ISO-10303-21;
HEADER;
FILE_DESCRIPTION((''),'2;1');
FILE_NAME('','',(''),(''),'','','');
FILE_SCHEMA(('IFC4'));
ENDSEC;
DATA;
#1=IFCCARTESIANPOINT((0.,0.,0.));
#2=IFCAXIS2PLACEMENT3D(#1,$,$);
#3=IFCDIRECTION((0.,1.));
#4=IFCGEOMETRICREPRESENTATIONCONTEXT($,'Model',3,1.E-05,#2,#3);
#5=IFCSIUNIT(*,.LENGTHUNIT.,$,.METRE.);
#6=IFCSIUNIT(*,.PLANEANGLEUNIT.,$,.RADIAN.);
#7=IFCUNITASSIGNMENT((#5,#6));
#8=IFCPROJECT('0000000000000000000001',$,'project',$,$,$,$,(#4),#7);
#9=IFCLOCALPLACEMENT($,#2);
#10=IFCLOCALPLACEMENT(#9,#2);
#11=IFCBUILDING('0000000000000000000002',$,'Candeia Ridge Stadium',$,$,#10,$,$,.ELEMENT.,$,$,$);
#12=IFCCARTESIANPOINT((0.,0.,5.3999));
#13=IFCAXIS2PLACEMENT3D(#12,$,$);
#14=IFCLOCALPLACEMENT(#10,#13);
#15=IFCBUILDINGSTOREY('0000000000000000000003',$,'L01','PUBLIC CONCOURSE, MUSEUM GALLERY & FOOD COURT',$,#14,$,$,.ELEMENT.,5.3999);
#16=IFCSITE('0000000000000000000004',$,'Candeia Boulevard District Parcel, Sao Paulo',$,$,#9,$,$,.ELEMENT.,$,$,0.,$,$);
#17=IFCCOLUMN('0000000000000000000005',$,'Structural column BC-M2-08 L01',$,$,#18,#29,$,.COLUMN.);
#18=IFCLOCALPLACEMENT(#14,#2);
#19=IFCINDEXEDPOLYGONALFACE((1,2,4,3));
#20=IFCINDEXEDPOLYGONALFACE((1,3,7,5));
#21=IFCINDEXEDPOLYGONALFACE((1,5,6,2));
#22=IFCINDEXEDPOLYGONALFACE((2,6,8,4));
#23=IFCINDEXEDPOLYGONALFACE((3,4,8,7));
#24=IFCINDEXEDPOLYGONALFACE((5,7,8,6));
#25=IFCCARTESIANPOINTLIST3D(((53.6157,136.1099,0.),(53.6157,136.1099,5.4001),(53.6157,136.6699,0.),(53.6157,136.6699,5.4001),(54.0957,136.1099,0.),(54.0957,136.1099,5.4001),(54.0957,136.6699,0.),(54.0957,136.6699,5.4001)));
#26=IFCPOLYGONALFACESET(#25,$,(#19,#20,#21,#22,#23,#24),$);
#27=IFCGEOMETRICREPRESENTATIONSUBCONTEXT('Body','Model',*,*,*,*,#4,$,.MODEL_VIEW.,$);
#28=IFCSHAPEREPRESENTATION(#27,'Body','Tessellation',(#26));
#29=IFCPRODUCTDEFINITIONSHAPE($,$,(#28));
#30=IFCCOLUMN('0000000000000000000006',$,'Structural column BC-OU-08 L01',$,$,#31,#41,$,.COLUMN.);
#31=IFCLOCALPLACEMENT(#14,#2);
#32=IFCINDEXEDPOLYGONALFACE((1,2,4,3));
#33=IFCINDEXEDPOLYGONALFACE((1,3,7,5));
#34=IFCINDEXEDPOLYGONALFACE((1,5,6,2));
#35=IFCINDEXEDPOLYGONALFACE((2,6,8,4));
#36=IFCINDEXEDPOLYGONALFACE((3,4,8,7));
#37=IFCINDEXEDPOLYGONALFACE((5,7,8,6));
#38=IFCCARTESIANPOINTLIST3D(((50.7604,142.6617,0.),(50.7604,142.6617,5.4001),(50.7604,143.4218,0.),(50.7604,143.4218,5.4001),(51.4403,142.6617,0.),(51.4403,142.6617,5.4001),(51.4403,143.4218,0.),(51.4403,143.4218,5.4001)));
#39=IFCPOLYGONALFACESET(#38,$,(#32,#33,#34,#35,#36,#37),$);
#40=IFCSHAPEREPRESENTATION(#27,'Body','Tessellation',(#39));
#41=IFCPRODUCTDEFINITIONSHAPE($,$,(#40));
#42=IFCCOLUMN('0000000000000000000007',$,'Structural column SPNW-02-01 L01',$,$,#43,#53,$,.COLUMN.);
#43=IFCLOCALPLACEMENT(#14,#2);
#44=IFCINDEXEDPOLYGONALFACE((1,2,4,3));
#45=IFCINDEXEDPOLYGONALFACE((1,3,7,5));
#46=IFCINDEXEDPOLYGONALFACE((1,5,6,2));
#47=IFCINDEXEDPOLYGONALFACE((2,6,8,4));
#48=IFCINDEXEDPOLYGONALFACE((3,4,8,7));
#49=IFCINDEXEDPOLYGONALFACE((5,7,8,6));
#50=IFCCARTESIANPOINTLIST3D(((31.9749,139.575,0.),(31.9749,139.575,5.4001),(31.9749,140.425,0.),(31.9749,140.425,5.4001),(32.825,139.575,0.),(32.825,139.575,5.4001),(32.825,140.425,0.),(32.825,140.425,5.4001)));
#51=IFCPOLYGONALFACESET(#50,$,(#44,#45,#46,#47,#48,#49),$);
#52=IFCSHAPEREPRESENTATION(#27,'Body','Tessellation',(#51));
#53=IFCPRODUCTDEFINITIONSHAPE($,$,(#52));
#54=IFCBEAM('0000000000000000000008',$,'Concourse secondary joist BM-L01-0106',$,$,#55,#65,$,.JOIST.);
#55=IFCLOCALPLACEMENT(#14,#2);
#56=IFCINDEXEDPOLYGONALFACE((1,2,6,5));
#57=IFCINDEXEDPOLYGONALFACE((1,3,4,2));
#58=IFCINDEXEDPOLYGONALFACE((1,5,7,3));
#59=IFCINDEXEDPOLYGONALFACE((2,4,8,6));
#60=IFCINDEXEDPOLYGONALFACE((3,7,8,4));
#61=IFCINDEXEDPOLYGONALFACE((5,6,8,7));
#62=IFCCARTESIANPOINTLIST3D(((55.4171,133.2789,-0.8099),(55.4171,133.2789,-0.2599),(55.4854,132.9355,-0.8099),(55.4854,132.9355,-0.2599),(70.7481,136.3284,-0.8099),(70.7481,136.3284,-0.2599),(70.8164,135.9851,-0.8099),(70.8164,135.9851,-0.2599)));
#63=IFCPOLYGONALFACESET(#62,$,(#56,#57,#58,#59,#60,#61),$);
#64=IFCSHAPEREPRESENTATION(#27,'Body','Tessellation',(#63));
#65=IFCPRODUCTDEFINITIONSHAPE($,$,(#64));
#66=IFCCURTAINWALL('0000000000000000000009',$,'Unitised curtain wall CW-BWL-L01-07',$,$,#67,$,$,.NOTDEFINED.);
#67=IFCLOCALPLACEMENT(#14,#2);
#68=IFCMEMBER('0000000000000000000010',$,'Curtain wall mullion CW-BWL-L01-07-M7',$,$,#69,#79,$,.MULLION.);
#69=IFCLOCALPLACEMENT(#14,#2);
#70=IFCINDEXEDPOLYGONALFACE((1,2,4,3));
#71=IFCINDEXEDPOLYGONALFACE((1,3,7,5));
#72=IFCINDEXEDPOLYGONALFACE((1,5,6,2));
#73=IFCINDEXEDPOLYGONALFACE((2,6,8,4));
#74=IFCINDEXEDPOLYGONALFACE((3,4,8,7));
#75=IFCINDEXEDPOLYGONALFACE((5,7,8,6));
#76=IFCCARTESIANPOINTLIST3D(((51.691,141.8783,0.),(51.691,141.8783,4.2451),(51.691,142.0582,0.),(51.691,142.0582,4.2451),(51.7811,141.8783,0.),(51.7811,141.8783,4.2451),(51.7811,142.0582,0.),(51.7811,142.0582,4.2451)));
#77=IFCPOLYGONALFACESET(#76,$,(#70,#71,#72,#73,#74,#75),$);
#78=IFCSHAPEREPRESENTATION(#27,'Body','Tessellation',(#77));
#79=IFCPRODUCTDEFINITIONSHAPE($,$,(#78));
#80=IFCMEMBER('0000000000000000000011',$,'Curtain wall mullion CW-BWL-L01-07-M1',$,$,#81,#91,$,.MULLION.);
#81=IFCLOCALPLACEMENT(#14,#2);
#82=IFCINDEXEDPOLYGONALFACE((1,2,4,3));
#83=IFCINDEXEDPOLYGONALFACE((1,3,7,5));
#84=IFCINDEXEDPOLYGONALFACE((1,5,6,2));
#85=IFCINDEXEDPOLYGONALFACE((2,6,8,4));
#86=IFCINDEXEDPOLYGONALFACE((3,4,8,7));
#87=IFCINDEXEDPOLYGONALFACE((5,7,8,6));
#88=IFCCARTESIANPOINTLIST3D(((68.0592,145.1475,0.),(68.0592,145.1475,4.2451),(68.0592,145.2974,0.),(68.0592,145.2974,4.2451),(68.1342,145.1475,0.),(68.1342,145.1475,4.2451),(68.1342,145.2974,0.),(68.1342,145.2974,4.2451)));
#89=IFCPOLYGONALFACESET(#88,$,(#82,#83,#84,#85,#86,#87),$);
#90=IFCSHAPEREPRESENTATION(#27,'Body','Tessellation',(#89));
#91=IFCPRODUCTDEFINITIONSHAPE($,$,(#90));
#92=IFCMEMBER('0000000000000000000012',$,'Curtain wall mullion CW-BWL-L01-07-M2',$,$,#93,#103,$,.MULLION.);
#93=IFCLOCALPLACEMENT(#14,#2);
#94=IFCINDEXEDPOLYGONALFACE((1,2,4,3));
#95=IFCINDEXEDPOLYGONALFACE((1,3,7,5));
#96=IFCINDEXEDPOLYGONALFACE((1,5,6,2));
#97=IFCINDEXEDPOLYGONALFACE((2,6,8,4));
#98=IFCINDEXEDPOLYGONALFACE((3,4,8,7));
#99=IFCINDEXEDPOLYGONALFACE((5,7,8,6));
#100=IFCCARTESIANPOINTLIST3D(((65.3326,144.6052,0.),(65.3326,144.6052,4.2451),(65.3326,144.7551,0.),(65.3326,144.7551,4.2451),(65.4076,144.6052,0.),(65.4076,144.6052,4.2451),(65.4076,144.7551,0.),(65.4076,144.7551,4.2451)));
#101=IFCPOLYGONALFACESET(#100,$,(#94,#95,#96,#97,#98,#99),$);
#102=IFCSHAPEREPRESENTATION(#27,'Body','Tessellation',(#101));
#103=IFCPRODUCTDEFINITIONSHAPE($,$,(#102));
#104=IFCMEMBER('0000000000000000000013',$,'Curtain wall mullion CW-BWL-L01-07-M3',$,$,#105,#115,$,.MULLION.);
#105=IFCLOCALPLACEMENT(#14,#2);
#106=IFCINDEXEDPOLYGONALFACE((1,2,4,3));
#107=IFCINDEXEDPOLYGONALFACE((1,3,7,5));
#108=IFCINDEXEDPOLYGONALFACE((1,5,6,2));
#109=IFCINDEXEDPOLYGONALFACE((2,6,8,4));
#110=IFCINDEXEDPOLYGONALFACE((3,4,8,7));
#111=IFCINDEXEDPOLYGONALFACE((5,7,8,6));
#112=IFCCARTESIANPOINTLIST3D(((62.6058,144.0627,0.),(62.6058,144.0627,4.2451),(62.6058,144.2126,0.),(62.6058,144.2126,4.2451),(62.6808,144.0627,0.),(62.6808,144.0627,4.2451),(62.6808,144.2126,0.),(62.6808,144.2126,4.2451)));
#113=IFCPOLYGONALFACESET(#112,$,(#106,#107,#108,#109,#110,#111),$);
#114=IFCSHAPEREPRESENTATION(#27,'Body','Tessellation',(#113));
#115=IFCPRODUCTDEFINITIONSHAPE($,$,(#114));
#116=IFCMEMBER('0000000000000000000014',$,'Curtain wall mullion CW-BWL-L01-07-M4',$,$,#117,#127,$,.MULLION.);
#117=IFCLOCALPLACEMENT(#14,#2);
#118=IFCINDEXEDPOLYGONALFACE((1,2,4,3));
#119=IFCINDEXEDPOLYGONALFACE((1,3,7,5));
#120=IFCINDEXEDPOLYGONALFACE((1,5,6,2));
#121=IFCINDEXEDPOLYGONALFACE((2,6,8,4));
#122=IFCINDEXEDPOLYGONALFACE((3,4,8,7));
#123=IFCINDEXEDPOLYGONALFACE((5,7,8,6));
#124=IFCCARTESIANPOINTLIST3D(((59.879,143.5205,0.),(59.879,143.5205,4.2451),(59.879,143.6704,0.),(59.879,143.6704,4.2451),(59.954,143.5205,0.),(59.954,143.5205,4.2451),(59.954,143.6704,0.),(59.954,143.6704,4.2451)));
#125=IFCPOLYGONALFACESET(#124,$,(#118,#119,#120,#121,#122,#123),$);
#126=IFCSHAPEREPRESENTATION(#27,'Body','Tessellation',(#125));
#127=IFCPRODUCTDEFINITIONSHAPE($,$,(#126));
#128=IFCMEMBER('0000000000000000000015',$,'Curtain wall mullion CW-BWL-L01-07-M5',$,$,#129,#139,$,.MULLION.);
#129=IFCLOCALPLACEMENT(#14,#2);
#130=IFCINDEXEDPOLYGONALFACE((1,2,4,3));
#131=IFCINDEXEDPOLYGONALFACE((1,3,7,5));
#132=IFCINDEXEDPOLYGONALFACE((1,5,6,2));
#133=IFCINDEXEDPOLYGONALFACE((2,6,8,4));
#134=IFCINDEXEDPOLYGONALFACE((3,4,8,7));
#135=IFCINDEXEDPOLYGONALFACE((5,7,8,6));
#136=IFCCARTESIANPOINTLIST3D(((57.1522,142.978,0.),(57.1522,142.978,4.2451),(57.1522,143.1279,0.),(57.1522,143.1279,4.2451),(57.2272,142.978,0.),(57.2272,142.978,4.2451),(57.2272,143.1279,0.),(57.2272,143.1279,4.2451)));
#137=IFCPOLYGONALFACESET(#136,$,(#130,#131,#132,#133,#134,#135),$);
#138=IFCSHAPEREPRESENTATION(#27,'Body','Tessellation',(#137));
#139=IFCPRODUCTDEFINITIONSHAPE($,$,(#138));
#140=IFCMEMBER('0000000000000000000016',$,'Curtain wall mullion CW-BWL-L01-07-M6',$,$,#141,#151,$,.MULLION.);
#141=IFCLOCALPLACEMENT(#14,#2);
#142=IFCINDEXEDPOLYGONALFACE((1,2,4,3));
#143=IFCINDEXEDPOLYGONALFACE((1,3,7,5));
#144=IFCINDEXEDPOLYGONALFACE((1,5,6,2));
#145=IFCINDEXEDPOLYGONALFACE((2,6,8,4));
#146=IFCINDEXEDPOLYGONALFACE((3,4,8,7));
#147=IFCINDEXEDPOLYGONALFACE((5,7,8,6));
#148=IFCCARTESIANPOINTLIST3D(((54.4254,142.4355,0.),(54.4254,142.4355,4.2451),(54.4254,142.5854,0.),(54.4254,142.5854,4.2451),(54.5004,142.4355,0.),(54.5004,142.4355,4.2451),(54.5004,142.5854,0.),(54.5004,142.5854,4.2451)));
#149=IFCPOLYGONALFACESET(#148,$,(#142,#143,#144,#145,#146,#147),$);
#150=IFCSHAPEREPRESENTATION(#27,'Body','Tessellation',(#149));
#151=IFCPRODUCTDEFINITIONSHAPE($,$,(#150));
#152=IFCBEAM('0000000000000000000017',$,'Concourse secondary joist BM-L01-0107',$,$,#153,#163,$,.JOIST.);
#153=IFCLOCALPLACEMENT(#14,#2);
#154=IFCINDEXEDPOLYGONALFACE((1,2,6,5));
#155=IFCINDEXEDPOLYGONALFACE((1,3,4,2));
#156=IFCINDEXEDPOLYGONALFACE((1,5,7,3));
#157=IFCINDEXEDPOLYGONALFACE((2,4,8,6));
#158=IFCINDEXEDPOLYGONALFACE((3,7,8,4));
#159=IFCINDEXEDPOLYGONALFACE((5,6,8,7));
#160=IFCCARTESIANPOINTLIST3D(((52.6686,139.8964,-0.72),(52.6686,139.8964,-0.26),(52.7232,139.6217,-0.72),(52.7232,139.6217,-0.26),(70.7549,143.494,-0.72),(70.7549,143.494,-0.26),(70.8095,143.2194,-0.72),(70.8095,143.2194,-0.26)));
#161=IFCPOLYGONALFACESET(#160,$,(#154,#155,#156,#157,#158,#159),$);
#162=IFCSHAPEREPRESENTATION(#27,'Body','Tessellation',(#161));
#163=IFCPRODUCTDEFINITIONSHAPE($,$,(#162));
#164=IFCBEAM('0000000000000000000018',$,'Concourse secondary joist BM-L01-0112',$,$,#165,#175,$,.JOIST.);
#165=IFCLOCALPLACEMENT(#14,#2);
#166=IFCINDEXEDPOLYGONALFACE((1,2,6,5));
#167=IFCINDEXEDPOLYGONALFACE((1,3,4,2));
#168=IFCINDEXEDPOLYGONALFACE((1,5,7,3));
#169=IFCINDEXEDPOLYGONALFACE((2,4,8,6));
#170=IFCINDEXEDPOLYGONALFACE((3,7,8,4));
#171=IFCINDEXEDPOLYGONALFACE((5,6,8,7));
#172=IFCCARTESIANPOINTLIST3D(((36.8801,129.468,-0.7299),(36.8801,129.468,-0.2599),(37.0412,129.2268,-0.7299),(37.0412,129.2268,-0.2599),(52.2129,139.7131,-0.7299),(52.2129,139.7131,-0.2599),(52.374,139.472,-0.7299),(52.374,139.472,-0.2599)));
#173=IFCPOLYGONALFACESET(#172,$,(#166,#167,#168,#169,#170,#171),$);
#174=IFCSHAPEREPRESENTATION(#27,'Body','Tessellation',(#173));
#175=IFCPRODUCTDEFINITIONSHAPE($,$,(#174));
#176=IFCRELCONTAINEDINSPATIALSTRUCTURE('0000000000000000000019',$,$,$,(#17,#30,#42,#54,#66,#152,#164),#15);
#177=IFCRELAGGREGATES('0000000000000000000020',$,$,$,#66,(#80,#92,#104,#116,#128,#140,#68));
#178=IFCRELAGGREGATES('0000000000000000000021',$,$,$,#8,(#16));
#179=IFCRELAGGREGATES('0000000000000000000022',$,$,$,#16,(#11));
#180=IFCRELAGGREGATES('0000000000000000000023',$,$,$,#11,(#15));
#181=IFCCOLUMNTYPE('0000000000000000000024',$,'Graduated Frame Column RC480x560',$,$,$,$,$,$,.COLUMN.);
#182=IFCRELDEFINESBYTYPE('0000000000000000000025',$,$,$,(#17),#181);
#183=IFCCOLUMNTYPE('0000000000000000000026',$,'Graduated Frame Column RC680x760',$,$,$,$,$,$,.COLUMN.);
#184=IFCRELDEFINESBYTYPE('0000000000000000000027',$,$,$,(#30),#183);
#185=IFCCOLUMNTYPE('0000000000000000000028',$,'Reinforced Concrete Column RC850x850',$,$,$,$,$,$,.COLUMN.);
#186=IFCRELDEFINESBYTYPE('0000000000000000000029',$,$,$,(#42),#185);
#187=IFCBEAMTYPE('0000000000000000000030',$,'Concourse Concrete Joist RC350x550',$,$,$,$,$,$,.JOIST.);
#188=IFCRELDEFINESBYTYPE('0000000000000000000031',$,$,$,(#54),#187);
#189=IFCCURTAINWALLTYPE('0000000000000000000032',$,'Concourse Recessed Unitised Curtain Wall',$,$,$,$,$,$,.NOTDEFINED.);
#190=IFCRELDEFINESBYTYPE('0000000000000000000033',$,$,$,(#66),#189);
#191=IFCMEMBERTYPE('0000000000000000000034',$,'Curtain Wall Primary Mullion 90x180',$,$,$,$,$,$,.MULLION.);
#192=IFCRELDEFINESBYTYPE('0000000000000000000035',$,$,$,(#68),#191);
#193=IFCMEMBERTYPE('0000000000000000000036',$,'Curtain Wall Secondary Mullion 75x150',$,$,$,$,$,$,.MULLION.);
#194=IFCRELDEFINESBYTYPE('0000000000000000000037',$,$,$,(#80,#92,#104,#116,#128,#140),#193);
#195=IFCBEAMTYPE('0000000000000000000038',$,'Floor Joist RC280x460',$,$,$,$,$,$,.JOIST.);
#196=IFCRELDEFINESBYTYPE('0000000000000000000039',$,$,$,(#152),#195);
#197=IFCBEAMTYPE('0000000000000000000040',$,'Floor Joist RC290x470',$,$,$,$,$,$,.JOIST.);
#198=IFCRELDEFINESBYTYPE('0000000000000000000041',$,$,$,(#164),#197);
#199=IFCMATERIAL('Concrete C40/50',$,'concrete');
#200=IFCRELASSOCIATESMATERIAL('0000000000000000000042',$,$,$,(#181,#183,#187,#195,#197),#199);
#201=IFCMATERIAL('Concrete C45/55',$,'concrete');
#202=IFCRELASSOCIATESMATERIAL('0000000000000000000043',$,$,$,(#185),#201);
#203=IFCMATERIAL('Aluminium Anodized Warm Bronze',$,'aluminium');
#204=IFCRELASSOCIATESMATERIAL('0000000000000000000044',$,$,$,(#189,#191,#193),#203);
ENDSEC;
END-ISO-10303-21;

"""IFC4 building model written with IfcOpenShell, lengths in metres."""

from ifc_helpers import new_model, si_unit, direction, frame, origin, origin_2d, place, context, subcontext, project, spatial, rectangle, extrude, material, material_profile, profile_set, type_object, element, aggregate, save


model = new_model("IFC4")

# Units and contexts
model_context = context("Model", 3, precision=1e-05, world=origin(), true_north=direction((0.0, 1.0)))
body_context = subcontext(model_context, "Body", "Model", "MODEL_VIEW")
ifc_project = project(units=[si_unit("LENGTHUNIT", "METRE"), si_unit("PLANEANGLEUNIT", "RADIAN")], contexts=[model_context])

# Site, building, storey
site_placement = place(None, origin())
site = spatial("IfcSite", under=ifc_project, at=site_placement, Name="Candeia Boulevard District Parcel, Sao Paulo", CompositionType="ELEMENT", RefElevation=0.0)
building_placement = place(site_placement, origin())
building = spatial("IfcBuilding", under=site, at=building_placement, Name="Candeia Ridge Stadium", CompositionType="ELEMENT")
storey_placement = place(building_placement, frame((0.0, 0.0, 5.3999)))
storey = spatial("IfcBuildingStorey", under=building, at=storey_placement, Name="L01", Description="PUBLIC CONCOURSE, MUSEUM GALLERY & FOOD COURT", CompositionType="ELEMENT", Elevation=5.3999)

# Columns
ifc_material_1 = material(Name="Concrete C40/50", Category="concrete")
ifc_material_profile_1 = material_profile(ifc_material_1, rectangle(XDim=0.48, YDim=0.5601, at=origin_2d()), Name="RC480x560", Category="concrete")
ifc_profile_set_1 = profile_set([ifc_material_profile_1], Name="Concrete C40/50")
column_type_1 = type_object("IfcColumnType", Name="Graduated Frame Column RC480x560", PredefinedType="COLUMN", material=ifc_profile_set_1)
column_1_placement = place(storey_placement, frame((53.8557, 136.3899, 0.0), z_axis=(0.0, 0.0, 1.0), x_axis=(1.0, 0.0, 0.0)))
element("IfcColumn", 1, at=column_1_placement, inside=storey, type_object=column_type_1, Name="Structural column BC-M2-08 L01", PredefinedType="COLUMN", context=body_context, shape_type="SweptSolid", body=[
    extrude(rectangle(XDim=0.48, YDim=0.5601, at=origin_2d()), origin(), (0.0, 0.0, 1.0), 5.4001),
])
ifc_material_profile_2 = material_profile(ifc_material_1, rectangle(XDim=0.6799, YDim=0.76, at=origin_2d()), Name="RC680x760", Category="concrete")
ifc_profile_set_2 = profile_set([ifc_material_profile_2], Name="Concrete C40/50")
column_type_2 = type_object("IfcColumnType", Name="Graduated Frame Column RC680x760", PredefinedType="COLUMN", material=ifc_profile_set_2)
column_2_placement = place(storey_placement, frame((51.1003, 143.0417, 0.0), z_axis=(0.0, 0.0, 1.0), x_axis=(1.0, 0.0, 0.0)))
element("IfcColumn", 2, at=column_2_placement, inside=storey, type_object=column_type_2, Name="Structural column BC-OU-08 L01", PredefinedType="COLUMN", context=body_context, shape_type="SweptSolid", body=[
    extrude(rectangle(XDim=0.6799, YDim=0.76, at=origin_2d()), origin(), (0.0, 0.0, 1.0), 5.4001),
])
ifc_material_2 = material(Name="Concrete C45/55", Category="concrete")
ifc_material_profile_3 = material_profile(ifc_material_2, rectangle(XDim=0.8501, YDim=0.8501, at=origin_2d()), Name="RC850x850", Category="concrete")
ifc_profile_set_3 = profile_set([ifc_material_profile_3], Name="Concrete C45/55")
column_type_3 = type_object("IfcColumnType", Name="Reinforced Concrete Column RC850x850", PredefinedType="COLUMN", material=ifc_profile_set_3)
column_3_placement = place(storey_placement, frame((32.3999, 140.0, 0.0), z_axis=(0.0, 0.0, 1.0), x_axis=(1.0, 0.0, 0.0)))
element("IfcColumn", 3, at=column_3_placement, inside=storey, type_object=column_type_3, Name="Structural column SPNW-02-01 L01", PredefinedType="COLUMN", context=body_context, shape_type="SweptSolid", body=[
    extrude(rectangle(XDim=0.8501, YDim=0.8501, at=origin_2d()), origin(), (0.0, 0.0, 1.0), 5.4001),
])

# Beam
ifc_material_profile_4 = material_profile(ifc_material_1, rectangle(XDim=0.3501, YDim=0.55, at=origin_2d()), Name="RC350x550", Category="concrete")
ifc_profile_set_4 = profile_set([ifc_material_profile_4], Name="Concrete C40/50")
beam_type_1 = type_object("IfcBeamType", Name="Concourse Concrete Joist RC350x550", PredefinedType="JOIST", material=ifc_profile_set_4)
beam_1_placement = place(storey_placement, frame((70.7822, 136.1567, -0.5349), z_axis=(-0.980785, -0.195092, 0.0), x_axis=(0.195092, -0.980785, 0.0)))
element("IfcBeam", 4, at=beam_1_placement, inside=storey, type_object=beam_type_1, Name="Concourse secondary joist BM-L01-0106", PredefinedType="JOIST", context=body_context, shape_type="SweptSolid", body=[
    extrude(rectangle(XDim=0.3501, YDim=0.55, at=origin_2d()), origin(), (0.0, 0.0, 1.0), 15.6313),
])

# Curtain wall, members
ifc_material_3 = material(Name="Aluminium Anodized Warm Bronze", Category="aluminium")
curtain_wall_type = type_object("IfcCurtainWallType", Name="Concourse Recessed Unitised Curtain Wall", PredefinedType="NOTDEFINED", material=ifc_material_3)
curtain_wall_placement = place(storey_placement, origin())
curtain_wall = element("IfcCurtainWall", 5, at=curtain_wall_placement, inside=storey, type_object=curtain_wall_type, Name="Unitised curtain wall CW-BWL-L01-07", PredefinedType="NOTDEFINED")
ifc_material_profile_5 = material_profile(ifc_material_3, rectangle(XDim=0.0901, YDim=0.1799, at=origin_2d()), Name="CWM-90x180", Category="aluminium")
ifc_profile_set_5 = profile_set([ifc_material_profile_5], Name="Aluminium Anodized Warm Bronze")
member_type_1 = type_object("IfcMemberType", Name="Curtain Wall Primary Mullion 90x180", PredefinedType="MULLION", material=ifc_profile_set_5)
member_1_placement = place(storey_placement, frame((51.7361, 141.9683, 0.0), z_axis=(0.0, 0.0, 1.0), x_axis=(1.0, 0.0, 0.0)))
member_1 = element("IfcMember", 6, at=member_1_placement, type_object=member_type_1, Name="Curtain wall mullion CW-BWL-L01-07-M7", PredefinedType="MULLION", context=body_context, shape_type="SweptSolid", body=[
    extrude(rectangle(XDim=0.0901, YDim=0.1799, at=origin_2d()), origin(), (0.0, 0.0, 1.0), 4.2451),
])
ifc_material_profile_6 = material_profile(ifc_material_3, rectangle(XDim=0.075, YDim=0.1499, at=origin_2d()), Name="CWM-75x150", Category="aluminium")
ifc_profile_set_6 = profile_set([ifc_material_profile_6], Name="Aluminium Anodized Warm Bronze")
member_type_2 = type_object("IfcMemberType", Name="Curtain Wall Secondary Mullion 75x150", PredefinedType="MULLION", material=ifc_profile_set_6)
member_2_placement = place(storey_placement, frame((68.0967, 145.2224, 0.0), z_axis=(0.0, 0.0, 1.0), x_axis=(1.0, 0.0, 0.0)))
member_2 = element("IfcMember", 7, at=member_2_placement, type_object=member_type_2, Name="Curtain wall mullion CW-BWL-L01-07-M1", PredefinedType="MULLION", context=body_context, shape_type="SweptSolid", body=[
    extrude(rectangle(XDim=0.075, YDim=0.1499, at=origin_2d()), origin(), (0.0, 0.0, 1.0), 4.2451),
])
member_3_placement = place(storey_placement, frame((65.3701, 144.6802, 0.0), z_axis=(0.0, 0.0, 1.0), x_axis=(1.0, 0.0, 0.0)))
member_3 = element("IfcMember", 8, at=member_3_placement, type_object=member_type_2, Name="Curtain wall mullion CW-BWL-L01-07-M2", PredefinedType="MULLION", context=body_context, shape_type="SweptSolid", body=[
    extrude(rectangle(XDim=0.075, YDim=0.1499, at=origin_2d()), origin(), (0.0, 0.0, 1.0), 4.2451),
])
member_4_placement = place(storey_placement, frame((62.6433, 144.1377, 0.0), z_axis=(0.0, 0.0, 1.0), x_axis=(1.0, 0.0, 0.0)))
member_4 = element("IfcMember", 9, at=member_4_placement, type_object=member_type_2, Name="Curtain wall mullion CW-BWL-L01-07-M3", PredefinedType="MULLION", context=body_context, shape_type="SweptSolid", body=[
    extrude(rectangle(XDim=0.075, YDim=0.1499, at=origin_2d()), origin(), (0.0, 0.0, 1.0), 4.2451),
])
member_5_placement = place(storey_placement, frame((59.9165, 143.5955, 0.0), z_axis=(0.0, 0.0, 1.0), x_axis=(1.0, 0.0, 0.0)))
member_5 = element("IfcMember", 10, at=member_5_placement, type_object=member_type_2, Name="Curtain wall mullion CW-BWL-L01-07-M4", PredefinedType="MULLION", context=body_context, shape_type="SweptSolid", body=[
    extrude(rectangle(XDim=0.075, YDim=0.1499, at=origin_2d()), origin(), (0.0, 0.0, 1.0), 4.2451),
])
member_6_placement = place(storey_placement, frame((57.1897, 143.053, 0.0), z_axis=(0.0, 0.0, 1.0), x_axis=(1.0, 0.0, 0.0)))
member_6 = element("IfcMember", 11, at=member_6_placement, type_object=member_type_2, Name="Curtain wall mullion CW-BWL-L01-07-M5", PredefinedType="MULLION", context=body_context, shape_type="SweptSolid", body=[
    extrude(rectangle(XDim=0.075, YDim=0.1499, at=origin_2d()), origin(), (0.0, 0.0, 1.0), 4.2451),
])
member_7_placement = place(storey_placement, frame((54.4629, 142.5105, 0.0), z_axis=(0.0, 0.0, 1.0), x_axis=(1.0, 0.0, 0.0)))
member_7 = element("IfcMember", 12, at=member_7_placement, type_object=member_type_2, Name="Curtain wall mullion CW-BWL-L01-07-M6", PredefinedType="MULLION", context=body_context, shape_type="SweptSolid", body=[
    extrude(rectangle(XDim=0.075, YDim=0.1499, at=origin_2d()), origin(), (0.0, 0.0, 1.0), 4.2451),
])

# Beams
ifc_material_profile_7 = material_profile(ifc_material_1, rectangle(XDim=0.28, YDim=0.46, at=origin_2d()), Name="RC280x460", Category="concrete")
ifc_profile_set_7 = profile_set([ifc_material_profile_7], Name="Concrete C40/50")
beam_type_2 = type_object("IfcBeamType", Name="Floor Joist RC280x460", PredefinedType="JOIST", material=ifc_profile_set_7)
beam_2_placement = place(storey_placement, frame((70.7822, 143.3567, -0.49), z_axis=(-0.980785, -0.195093, 0.0), x_axis=(0.195093, -0.980785, 0.0)))
element("IfcBeam", 13, at=beam_2_placement, inside=storey, type_object=beam_type_2, Name="Concourse secondary joist BM-L01-0107", PredefinedType="JOIST", context=body_context, shape_type="SweptSolid", body=[
    extrude(rectangle(XDim=0.28, YDim=0.46, at=origin_2d()), origin(), (0.0, 0.0, 1.0), 18.4407),
])
ifc_material_profile_8 = material_profile(ifc_material_1, rectangle(XDim=0.29, YDim=0.47, at=origin_2d()), Name="RC290x470", Category="concrete")
ifc_profile_set_8 = profile_set([ifc_material_profile_8], Name="Concrete C40/50")
beam_type_3 = type_object("IfcBeamType", Name="Floor Joist RC290x470", PredefinedType="JOIST", material=ifc_profile_set_8)
beam_3_placement = place(storey_placement, frame((52.2935, 139.5925, -0.4949), z_axis=(-0.831467, -0.555574, 0.0), x_axis=(0.555574, -0.831467, 0.0)))
element("IfcBeam", 14, at=beam_3_placement, inside=storey, type_object=beam_type_3, Name="Concourse secondary joist BM-L01-0112", PredefinedType="JOIST", context=body_context, shape_type="SweptSolid", body=[
    extrude(rectangle(XDim=0.29, YDim=0.47, at=origin_2d()), origin(), (0.0, 0.0, 1.0), 18.4407),
])

aggregate(curtain_wall, [member_2, member_3, member_4, member_5, member_6, member_7, member_1])

save(model, "model.ifc")
